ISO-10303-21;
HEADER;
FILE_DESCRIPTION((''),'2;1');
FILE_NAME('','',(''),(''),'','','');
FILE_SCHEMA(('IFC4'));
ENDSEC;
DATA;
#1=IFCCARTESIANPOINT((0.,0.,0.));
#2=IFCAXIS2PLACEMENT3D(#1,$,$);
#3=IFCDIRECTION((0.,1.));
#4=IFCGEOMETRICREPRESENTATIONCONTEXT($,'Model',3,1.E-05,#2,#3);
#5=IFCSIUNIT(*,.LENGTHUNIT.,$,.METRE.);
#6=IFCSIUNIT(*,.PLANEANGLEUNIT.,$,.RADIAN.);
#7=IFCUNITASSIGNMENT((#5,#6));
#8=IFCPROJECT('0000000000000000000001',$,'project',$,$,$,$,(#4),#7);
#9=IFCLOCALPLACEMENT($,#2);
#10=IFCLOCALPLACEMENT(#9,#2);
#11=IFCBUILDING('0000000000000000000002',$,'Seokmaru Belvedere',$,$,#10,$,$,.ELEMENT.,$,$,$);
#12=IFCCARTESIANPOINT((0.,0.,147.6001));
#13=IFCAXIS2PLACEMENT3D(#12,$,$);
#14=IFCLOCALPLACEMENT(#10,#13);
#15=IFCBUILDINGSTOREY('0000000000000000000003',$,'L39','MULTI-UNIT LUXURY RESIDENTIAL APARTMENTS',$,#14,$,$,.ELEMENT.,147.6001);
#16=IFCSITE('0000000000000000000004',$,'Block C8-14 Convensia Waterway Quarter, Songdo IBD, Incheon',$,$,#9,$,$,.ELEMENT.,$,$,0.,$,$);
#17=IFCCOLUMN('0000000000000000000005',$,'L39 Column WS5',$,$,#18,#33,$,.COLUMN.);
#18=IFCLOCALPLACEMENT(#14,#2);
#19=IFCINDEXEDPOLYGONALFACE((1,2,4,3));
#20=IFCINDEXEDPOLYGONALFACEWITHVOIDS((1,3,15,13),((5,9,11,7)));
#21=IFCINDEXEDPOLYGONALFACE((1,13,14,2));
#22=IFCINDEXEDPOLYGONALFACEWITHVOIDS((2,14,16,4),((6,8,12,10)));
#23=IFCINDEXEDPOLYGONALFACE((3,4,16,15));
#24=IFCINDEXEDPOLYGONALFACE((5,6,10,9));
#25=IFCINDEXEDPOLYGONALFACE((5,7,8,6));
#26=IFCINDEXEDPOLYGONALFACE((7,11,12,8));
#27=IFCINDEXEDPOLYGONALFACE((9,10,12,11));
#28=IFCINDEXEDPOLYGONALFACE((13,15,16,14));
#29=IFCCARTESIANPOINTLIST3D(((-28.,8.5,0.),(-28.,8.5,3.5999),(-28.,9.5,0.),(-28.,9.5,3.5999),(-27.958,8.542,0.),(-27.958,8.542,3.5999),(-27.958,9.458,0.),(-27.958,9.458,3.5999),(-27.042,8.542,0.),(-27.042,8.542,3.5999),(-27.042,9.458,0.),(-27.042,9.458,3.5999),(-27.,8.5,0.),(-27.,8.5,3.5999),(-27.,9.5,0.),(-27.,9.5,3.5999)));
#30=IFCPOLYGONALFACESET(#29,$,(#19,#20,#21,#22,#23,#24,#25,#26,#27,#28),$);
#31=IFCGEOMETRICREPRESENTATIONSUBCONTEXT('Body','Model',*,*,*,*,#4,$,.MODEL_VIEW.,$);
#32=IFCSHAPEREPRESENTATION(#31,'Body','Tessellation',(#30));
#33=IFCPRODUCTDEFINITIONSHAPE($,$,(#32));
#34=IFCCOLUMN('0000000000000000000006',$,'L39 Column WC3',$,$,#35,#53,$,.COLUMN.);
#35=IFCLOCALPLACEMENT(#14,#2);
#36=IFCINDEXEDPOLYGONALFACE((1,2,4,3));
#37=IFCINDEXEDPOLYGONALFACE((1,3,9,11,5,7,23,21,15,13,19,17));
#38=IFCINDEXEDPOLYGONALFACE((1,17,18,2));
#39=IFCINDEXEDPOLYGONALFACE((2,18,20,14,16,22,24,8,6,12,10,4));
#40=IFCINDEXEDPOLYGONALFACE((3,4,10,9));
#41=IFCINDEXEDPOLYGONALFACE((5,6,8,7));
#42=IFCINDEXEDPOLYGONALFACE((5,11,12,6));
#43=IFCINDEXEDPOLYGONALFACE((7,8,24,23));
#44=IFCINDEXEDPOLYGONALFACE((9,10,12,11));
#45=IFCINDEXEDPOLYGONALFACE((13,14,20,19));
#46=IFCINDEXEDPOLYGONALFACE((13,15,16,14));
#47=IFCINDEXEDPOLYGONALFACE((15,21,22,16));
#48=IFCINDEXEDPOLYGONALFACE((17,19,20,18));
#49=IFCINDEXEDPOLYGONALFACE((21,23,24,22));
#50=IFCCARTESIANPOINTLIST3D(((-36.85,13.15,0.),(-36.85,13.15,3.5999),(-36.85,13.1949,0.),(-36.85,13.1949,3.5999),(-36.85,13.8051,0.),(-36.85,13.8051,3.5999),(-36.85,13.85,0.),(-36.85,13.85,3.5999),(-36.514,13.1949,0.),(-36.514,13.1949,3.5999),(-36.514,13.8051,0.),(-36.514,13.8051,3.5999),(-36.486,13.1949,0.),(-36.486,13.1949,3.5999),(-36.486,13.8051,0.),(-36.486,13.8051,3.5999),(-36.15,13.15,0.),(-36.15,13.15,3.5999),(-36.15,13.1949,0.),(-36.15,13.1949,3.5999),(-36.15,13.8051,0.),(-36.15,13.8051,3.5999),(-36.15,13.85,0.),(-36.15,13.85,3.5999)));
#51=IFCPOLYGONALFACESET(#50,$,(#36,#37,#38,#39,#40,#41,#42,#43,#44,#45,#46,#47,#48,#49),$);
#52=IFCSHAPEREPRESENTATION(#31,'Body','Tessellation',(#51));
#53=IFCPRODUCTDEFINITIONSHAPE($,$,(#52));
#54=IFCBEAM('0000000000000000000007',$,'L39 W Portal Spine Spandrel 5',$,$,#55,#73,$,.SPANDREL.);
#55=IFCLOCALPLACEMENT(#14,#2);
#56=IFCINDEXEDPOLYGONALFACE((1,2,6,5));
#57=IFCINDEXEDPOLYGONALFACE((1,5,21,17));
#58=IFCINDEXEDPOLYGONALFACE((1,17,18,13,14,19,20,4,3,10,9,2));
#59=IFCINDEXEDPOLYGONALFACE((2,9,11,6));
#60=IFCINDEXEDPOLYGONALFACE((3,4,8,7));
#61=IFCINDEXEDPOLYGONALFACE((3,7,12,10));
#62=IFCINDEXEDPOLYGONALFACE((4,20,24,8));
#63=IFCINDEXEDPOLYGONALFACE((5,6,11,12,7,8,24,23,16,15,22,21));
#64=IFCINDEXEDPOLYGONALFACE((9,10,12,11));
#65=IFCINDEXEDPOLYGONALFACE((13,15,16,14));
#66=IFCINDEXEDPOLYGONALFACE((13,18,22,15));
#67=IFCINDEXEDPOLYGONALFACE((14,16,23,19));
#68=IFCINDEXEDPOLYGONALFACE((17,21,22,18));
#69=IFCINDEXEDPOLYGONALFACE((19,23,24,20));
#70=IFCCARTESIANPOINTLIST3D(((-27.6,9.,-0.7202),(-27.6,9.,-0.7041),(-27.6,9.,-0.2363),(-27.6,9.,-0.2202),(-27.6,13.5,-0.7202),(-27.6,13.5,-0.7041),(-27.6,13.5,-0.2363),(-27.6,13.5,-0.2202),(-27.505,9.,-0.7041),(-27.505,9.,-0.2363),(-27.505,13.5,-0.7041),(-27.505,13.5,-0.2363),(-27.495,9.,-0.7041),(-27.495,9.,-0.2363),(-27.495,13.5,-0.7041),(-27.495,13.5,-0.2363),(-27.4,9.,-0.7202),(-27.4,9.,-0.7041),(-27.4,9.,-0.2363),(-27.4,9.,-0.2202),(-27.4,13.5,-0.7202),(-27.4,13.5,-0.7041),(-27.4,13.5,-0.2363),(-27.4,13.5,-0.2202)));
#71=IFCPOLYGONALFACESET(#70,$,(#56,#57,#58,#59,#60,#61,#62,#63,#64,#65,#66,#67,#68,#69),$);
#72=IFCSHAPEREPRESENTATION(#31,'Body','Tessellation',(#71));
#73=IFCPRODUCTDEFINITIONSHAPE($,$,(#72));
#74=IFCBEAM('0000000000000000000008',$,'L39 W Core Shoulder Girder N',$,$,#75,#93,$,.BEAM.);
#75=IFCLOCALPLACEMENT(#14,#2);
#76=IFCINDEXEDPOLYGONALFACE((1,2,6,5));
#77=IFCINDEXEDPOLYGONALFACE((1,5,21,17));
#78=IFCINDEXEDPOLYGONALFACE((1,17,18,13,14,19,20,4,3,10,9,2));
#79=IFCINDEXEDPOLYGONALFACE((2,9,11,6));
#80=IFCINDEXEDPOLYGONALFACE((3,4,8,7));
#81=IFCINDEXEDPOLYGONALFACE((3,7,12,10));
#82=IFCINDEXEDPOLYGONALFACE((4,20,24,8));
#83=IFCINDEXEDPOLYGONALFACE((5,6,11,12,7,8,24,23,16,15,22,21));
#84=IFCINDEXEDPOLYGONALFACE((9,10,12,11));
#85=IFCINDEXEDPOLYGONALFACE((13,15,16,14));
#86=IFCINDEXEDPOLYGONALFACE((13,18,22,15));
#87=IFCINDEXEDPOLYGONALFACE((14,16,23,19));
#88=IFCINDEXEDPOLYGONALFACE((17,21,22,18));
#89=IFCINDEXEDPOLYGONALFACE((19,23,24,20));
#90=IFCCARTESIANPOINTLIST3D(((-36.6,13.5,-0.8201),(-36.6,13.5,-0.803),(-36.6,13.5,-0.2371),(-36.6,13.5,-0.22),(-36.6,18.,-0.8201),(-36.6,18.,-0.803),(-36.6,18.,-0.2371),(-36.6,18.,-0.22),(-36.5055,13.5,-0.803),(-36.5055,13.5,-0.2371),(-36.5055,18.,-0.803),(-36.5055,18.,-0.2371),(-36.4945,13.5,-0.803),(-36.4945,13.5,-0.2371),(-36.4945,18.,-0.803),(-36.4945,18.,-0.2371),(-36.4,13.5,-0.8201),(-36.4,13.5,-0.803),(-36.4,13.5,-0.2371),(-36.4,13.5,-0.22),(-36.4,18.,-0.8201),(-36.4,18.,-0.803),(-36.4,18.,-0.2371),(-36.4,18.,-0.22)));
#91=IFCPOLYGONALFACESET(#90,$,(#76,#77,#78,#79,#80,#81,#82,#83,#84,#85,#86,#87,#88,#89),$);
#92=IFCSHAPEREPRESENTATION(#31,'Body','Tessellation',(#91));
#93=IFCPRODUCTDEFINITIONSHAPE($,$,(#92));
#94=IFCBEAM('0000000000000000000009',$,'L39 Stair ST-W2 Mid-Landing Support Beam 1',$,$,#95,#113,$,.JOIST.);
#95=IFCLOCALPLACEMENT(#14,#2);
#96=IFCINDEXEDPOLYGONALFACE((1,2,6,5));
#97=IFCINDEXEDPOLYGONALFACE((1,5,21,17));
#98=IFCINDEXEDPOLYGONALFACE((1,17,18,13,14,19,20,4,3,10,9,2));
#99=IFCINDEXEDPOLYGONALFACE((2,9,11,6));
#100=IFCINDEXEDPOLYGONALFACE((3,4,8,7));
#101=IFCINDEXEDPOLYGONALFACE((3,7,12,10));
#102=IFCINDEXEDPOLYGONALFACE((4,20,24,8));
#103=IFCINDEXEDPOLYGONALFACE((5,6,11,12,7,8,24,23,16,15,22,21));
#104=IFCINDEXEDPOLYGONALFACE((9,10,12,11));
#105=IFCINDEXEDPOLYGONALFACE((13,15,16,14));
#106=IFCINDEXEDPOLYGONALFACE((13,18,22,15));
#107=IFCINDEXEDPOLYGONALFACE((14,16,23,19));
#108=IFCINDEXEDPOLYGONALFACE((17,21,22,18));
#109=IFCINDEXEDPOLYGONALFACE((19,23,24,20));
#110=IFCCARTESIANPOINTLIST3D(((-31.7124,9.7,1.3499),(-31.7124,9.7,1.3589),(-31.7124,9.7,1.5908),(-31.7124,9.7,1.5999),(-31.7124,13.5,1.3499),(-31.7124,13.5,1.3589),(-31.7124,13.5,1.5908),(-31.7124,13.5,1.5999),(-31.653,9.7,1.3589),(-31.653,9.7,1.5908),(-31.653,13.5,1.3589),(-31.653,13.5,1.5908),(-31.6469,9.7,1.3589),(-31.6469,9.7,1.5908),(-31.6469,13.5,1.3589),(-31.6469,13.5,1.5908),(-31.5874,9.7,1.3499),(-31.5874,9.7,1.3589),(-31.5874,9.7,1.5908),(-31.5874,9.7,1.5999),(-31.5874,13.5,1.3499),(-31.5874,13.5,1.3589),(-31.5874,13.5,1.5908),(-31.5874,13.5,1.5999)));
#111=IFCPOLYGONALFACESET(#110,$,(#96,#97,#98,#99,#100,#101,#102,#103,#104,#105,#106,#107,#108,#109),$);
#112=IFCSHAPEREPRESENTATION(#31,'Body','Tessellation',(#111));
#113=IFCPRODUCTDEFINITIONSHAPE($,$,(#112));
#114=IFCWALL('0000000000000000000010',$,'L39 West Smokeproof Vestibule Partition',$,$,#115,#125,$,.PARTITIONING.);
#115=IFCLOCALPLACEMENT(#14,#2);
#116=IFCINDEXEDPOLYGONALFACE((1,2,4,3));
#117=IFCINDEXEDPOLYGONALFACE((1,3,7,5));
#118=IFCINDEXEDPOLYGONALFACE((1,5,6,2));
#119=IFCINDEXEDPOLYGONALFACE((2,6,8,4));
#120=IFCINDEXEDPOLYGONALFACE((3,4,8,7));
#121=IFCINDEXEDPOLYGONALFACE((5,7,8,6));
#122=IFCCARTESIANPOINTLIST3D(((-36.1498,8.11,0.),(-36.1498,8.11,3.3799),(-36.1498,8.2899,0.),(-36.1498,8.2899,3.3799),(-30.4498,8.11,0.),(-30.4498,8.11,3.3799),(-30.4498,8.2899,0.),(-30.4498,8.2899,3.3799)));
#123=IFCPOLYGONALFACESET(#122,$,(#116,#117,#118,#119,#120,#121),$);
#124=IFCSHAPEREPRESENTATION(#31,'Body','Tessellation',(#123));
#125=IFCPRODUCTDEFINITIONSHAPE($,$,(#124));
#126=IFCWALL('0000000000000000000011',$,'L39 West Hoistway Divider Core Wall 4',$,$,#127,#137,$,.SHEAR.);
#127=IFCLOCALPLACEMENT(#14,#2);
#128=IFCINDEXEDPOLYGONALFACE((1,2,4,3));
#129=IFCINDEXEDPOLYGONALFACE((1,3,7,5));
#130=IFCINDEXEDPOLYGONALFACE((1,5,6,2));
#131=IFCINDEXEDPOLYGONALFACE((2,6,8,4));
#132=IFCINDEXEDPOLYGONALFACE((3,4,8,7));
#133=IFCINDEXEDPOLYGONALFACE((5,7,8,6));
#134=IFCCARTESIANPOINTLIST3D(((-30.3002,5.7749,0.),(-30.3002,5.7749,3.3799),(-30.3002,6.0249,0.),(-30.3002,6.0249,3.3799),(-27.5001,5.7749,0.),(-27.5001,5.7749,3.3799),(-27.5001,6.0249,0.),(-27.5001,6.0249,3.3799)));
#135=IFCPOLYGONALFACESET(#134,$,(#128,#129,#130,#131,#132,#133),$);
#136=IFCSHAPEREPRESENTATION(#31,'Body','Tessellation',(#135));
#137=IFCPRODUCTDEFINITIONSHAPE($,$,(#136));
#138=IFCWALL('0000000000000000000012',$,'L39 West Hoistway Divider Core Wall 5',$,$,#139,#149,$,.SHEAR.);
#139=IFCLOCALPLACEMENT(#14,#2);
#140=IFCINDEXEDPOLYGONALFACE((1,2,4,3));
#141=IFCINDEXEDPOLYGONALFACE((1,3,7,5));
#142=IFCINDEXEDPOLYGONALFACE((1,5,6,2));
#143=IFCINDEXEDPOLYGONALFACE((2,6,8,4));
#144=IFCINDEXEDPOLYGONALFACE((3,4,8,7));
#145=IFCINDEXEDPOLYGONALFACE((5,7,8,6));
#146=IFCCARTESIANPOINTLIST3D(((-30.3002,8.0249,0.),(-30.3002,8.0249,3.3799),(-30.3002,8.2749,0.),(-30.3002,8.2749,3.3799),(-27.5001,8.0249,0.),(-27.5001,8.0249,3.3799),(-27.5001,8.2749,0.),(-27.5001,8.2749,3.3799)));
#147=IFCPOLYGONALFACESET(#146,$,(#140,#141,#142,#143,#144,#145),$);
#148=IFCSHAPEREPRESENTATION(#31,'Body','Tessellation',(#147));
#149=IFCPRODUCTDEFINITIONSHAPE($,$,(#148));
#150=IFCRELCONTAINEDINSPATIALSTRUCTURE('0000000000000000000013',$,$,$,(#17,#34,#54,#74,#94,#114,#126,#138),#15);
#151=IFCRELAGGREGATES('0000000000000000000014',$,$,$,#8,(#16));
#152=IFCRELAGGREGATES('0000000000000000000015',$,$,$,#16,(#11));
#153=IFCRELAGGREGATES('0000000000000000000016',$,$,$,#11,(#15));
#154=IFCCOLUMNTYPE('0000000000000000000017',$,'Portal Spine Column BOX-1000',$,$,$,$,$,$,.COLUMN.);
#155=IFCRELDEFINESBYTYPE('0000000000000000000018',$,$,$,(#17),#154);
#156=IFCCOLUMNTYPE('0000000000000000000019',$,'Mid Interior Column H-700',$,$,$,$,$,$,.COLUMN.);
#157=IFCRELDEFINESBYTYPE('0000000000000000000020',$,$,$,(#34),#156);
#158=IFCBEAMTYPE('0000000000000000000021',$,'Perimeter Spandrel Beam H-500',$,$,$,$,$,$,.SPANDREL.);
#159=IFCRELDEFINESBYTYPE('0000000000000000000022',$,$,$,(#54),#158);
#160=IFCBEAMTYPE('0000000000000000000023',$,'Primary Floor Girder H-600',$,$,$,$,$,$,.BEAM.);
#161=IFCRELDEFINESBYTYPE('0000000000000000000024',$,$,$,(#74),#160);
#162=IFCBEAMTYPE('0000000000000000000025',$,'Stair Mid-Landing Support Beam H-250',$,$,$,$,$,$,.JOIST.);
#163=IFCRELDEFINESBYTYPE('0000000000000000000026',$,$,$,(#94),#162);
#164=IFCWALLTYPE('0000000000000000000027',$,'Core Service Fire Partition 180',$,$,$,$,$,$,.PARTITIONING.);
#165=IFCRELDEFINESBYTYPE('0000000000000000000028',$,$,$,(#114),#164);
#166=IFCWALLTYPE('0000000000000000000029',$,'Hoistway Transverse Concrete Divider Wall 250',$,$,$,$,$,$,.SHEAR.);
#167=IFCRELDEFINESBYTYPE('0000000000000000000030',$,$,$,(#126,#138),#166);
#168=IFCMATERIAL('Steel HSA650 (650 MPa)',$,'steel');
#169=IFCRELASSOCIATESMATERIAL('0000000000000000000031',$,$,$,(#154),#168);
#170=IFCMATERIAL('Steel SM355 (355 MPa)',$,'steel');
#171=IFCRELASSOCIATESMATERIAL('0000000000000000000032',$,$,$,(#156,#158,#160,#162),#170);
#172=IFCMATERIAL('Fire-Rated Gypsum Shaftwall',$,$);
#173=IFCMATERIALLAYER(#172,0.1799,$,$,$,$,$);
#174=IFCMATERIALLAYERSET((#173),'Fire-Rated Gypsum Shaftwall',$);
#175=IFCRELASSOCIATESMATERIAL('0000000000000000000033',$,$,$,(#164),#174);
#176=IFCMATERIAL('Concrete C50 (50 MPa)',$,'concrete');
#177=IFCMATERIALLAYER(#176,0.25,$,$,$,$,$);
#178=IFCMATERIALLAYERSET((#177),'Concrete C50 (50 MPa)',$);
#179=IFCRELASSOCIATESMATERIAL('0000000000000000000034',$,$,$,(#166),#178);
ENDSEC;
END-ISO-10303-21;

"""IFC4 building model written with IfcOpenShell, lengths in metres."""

from ifc_helpers import new_model, si_unit, direction, frame, frame_2d, origin, origin_2d, place, context, subcontext, project, spatial, rectangle, hollow_rectangle, i_section, extrude, source, transform, mapped, material, layer, layer_set, material_profile, profile_set, type_object, type_shapes, element, save


model = new_model("IFC4")

# Units and contexts
model_context = context("Model", 3, precision=1e-05, world=origin(), true_north=direction((0.0, 1.0)))
body_context = subcontext(model_context, "Body", "Model", "MODEL_VIEW")
ifc_project = project(units=[si_unit("LENGTHUNIT", "METRE"), si_unit("PLANEANGLEUNIT", "RADIAN")], contexts=[model_context])

# Site, building, storey
site_placement = place(None, origin())
site = spatial("IfcSite", under=ifc_project, at=site_placement, Name="Block C8-14 Convensia Waterway Quarter, Songdo IBD, Incheon", CompositionType="ELEMENT", RefElevation=0.0)
building_placement = place(site_placement, origin())
building = spatial("IfcBuilding", under=site, at=building_placement, Name="Seokmaru Belvedere", CompositionType="ELEMENT")
storey_placement = place(building_placement, frame((0.0, 0.0, 147.6001)))
storey = spatial("IfcBuildingStorey", under=building, at=storey_placement, Name="L39", Description="MULTI-UNIT LUXURY RESIDENTIAL APARTMENTS", CompositionType="ELEMENT", Elevation=147.6001)

# Columns
ifc_material_1 = material(Name="Steel HSA650 (650 MPa)", Category="steel")
ifc_material_profile_1 = material_profile(ifc_material_1, hollow_rectangle(XDim=1.0, YDim=1.0, WallThickness=0.042, at=origin_2d()), Name="BOX-1000x1000x42")
ifc_profile_set_1 = profile_set([ifc_material_profile_1], Name="Steel HSA650 (650 MPa)")
column_type_1 = type_object("IfcColumnType", Name="Portal Spine Column BOX-1000", PredefinedType="COLUMN", material=ifc_profile_set_1)
shared_shape_1 = source(origin(), body_context, "Body", "SweptSolid", [
    extrude(hollow_rectangle(XDim=1.0, YDim=1.0, WallThickness=0.042, at=origin_2d()), origin(), (0.0, 0.0, 1.0), 3.5999),
])
type_shapes(column_type_1, [shared_shape_1])
column_1_placement = place(storey_placement, frame((-27.5, 9.0, 0.0), z_axis=(0.0, 0.0, 1.0), x_axis=(1.0, 0.0, 0.0)))
element("IfcColumn", 1, at=column_1_placement, inside=storey, type_object=column_type_1, Name="L39 Column WS5", PredefinedType="COLUMN", context=body_context, shape_type="MappedRepresentation", body=[
    mapped(shared_shape_1, transform((0.0, 0.0, 0.0), scale=1.0)),
])
ifc_material_2 = material(Name="Steel SM355 (355 MPa)", Category="steel")
ifc_material_profile_2 = material_profile(ifc_material_2, i_section(OverallWidth=0.7, OverallDepth=0.7, WebThickness=0.0281, FlangeThickness=0.0449, at=origin_2d()), Name="H-700x700x28x45")
ifc_profile_set_2 = profile_set([ifc_material_profile_2], Name="Steel SM355 (355 MPa)")
column_type_2 = type_object("IfcColumnType", Name="Mid Interior Column H-700", PredefinedType="COLUMN", material=ifc_profile_set_2)
shared_shape_2 = source(origin(), body_context, "Body", "SweptSolid", [
    extrude(i_section(OverallWidth=0.7, OverallDepth=0.7, WebThickness=0.0281, FlangeThickness=0.0449, at=origin_2d()), origin(), (0.0, 0.0, 1.0), 3.5999),
])
type_shapes(column_type_2, [shared_shape_2])
column_2_placement = place(storey_placement, frame((-36.5, 13.5, 0.0), z_axis=(0.0, 0.0, 1.0), x_axis=(1.0, 0.0, 0.0)))
element("IfcColumn", 2, at=column_2_placement, inside=storey, type_object=column_type_2, Name="L39 Column WC3", PredefinedType="COLUMN", context=body_context, shape_type="MappedRepresentation", body=[
    mapped(shared_shape_2, transform((0.0, 0.0, 0.0), scale=1.0)),
])

# Beams
ifc_material_profile_3 = material_profile(ifc_material_2, i_section(OverallWidth=0.2, OverallDepth=0.5, WebThickness=0.01, FlangeThickness=0.0161, at=origin_2d()), Name="H-500x200x10x16")
ifc_profile_set_3 = profile_set([ifc_material_profile_3], Name="Steel SM355 (355 MPa)")
beam_type_1 = type_object("IfcBeamType", Name="Perimeter Spandrel Beam H-500", PredefinedType="SPANDREL", material=ifc_profile_set_3)
shared_shape_3 = source(origin(), body_context, "Body", "SweptSolid", [
    extrude(i_section(OverallWidth=0.2, OverallDepth=0.5, WebThickness=0.01, FlangeThickness=0.0161, at=origin_2d()), origin(), (0.0, 0.0, 1.0), 4.5),
])
type_shapes(beam_type_1, [shared_shape_3])
beam_1_placement = place(storey_placement, frame((-27.5, 9.0, -0.4702), z_axis=(0.0, 1.0, 0.0), x_axis=(-1.0, 0.0, 0.0)))
element("IfcBeam", 3, at=beam_1_placement, inside=storey, type_object=beam_type_1, Name="L39 W Portal Spine Spandrel 5", PredefinedType="SPANDREL", context=body_context, shape_type="MappedRepresentation", body=[
    mapped(shared_shape_3, transform((0.0, 0.0, 0.0), scale=1.0)),
])
ifc_material_profile_4 = material_profile(ifc_material_2, i_section(OverallWidth=0.2, OverallDepth=0.6001, WebThickness=0.011, FlangeThickness=0.0171, at=origin_2d()), Name="H-600x200x11x17")
ifc_profile_set_4 = profile_set([ifc_material_profile_4], Name="Steel SM355 (355 MPa)")
beam_type_2 = type_object("IfcBeamType", Name="Primary Floor Girder H-600", PredefinedType="BEAM", material=ifc_profile_set_4)
shared_shape_4 = source(origin(), body_context, "Body", "SweptSolid", [
    extrude(i_section(OverallWidth=0.2, OverallDepth=0.6001, WebThickness=0.011, FlangeThickness=0.0171, at=origin_2d()), origin(), (0.0, 0.0, 1.0), 4.5),
])
type_shapes(beam_type_2, [shared_shape_4])
beam_2_placement = place(storey_placement, frame((-36.5, 13.5, -0.52), z_axis=(0.0, 1.0, 0.0), x_axis=(-1.0, 0.0, 0.0)))
element("IfcBeam", 4, at=beam_2_placement, inside=storey, type_object=beam_type_2, Name="L39 W Core Shoulder Girder N", PredefinedType="BEAM", context=body_context, shape_type="MappedRepresentation", body=[
    mapped(shared_shape_4, transform((0.0, 0.0, 0.0), scale=1.0)),
])
ifc_material_profile_5 = material_profile(ifc_material_2, i_section(OverallWidth=0.125, OverallDepth=0.25, WebThickness=0.0061, FlangeThickness=0.009, at=origin_2d()), Name="H-250x125x6x9")
ifc_profile_set_5 = profile_set([ifc_material_profile_5], Name="Steel SM355 (355 MPa)")
beam_type_3 = type_object("IfcBeamType", Name="Stair Mid-Landing Support Beam H-250", PredefinedType="JOIST", material=ifc_profile_set_5)
shared_shape_5 = source(origin(), body_context, "Body", "SweptSolid", [
    extrude(i_section(OverallWidth=0.125, OverallDepth=0.25, WebThickness=0.0061, FlangeThickness=0.009, at=origin_2d()), origin(), (0.0, 0.0, 1.0), 3.8),
])
type_shapes(beam_type_3, [shared_shape_5])
beam_3_placement = place(storey_placement, frame((-31.6499, 9.7, 1.4749), z_axis=(0.0, 1.0, 0.0), x_axis=(-1.0, 0.0, 0.0)))
element("IfcBeam", 5, at=beam_3_placement, inside=storey, type_object=beam_type_3, Name="L39 Stair ST-W2 Mid-Landing Support Beam 1", PredefinedType="JOIST", context=body_context, shape_type="MappedRepresentation", body=[
    mapped(shared_shape_5, transform((0.0, 0.0, 0.0), scale=1.0)),
])

# Walls
ifc_material_3 = material(Name="Fire-Rated Gypsum Shaftwall")
ifc_layer_1 = layer(ifc_material_3, 0.1799)
ifc_layer_set_1 = layer_set([ifc_layer_1], Name="Fire-Rated Gypsum Shaftwall")
wall_type_1 = type_object("IfcWallType", Name="Core Service Fire Partition 180", PredefinedType="PARTITIONING", material=ifc_layer_set_1)
wall_1_placement = place(storey_placement, frame((-36.1499, 8.2, 0.0), z_axis=(0.0, 0.0, 1.0), x_axis=(1.0, 0.0, 0.0)))
element("IfcWall", 6, at=wall_1_placement, inside=storey, type_object=wall_type_1, Name="L39 West Smokeproof Vestibule Partition", PredefinedType="PARTITIONING", context=body_context, shape_type="SweptSolid", body=[
    extrude(rectangle(XDim=5.7, YDim=0.1799, at=frame_2d((2.8501, 0.0))), origin(), (0.0, 0.0, 1.0), 3.3799),
])
ifc_material_4 = material(Name="Concrete C50 (50 MPa)", Category="concrete")
ifc_layer_2 = layer(ifc_material_4, 0.25)
ifc_layer_set_2 = layer_set([ifc_layer_2], Name="Concrete C50 (50 MPa)")
wall_type_2 = type_object("IfcWallType", Name="Hoistway Transverse Concrete Divider Wall 250", PredefinedType="SHEAR", material=ifc_layer_set_2)
for number, where, z_axis, x_axis, name in (
    (7, (-30.3, 5.8999, 0.0), (0.0, 0.0, 1.0), (1.0, 0.0, 0.0), "L39 West Hoistway Divider Core Wall 4"),
    (8, (-30.3, 8.1499, 0.0), (0.0, 0.0, 1.0), (1.0, 0.0, 0.0), "L39 West Hoistway Divider Core Wall 5"),
):
    element("IfcWall", number, at=place(storey_placement, frame(where, z_axis=z_axis, x_axis=x_axis)), inside=storey, type_object=wall_type_2, Name=name, PredefinedType="SHEAR", context=body_context, shape_type="SweptSolid", body=[
        extrude(rectangle(XDim=2.8, YDim=0.25, at=frame_2d((1.3999, 0.0))), origin(), (0.0, 0.0, 1.0), 3.3799),
    ])

save(model, "model.ifc")
